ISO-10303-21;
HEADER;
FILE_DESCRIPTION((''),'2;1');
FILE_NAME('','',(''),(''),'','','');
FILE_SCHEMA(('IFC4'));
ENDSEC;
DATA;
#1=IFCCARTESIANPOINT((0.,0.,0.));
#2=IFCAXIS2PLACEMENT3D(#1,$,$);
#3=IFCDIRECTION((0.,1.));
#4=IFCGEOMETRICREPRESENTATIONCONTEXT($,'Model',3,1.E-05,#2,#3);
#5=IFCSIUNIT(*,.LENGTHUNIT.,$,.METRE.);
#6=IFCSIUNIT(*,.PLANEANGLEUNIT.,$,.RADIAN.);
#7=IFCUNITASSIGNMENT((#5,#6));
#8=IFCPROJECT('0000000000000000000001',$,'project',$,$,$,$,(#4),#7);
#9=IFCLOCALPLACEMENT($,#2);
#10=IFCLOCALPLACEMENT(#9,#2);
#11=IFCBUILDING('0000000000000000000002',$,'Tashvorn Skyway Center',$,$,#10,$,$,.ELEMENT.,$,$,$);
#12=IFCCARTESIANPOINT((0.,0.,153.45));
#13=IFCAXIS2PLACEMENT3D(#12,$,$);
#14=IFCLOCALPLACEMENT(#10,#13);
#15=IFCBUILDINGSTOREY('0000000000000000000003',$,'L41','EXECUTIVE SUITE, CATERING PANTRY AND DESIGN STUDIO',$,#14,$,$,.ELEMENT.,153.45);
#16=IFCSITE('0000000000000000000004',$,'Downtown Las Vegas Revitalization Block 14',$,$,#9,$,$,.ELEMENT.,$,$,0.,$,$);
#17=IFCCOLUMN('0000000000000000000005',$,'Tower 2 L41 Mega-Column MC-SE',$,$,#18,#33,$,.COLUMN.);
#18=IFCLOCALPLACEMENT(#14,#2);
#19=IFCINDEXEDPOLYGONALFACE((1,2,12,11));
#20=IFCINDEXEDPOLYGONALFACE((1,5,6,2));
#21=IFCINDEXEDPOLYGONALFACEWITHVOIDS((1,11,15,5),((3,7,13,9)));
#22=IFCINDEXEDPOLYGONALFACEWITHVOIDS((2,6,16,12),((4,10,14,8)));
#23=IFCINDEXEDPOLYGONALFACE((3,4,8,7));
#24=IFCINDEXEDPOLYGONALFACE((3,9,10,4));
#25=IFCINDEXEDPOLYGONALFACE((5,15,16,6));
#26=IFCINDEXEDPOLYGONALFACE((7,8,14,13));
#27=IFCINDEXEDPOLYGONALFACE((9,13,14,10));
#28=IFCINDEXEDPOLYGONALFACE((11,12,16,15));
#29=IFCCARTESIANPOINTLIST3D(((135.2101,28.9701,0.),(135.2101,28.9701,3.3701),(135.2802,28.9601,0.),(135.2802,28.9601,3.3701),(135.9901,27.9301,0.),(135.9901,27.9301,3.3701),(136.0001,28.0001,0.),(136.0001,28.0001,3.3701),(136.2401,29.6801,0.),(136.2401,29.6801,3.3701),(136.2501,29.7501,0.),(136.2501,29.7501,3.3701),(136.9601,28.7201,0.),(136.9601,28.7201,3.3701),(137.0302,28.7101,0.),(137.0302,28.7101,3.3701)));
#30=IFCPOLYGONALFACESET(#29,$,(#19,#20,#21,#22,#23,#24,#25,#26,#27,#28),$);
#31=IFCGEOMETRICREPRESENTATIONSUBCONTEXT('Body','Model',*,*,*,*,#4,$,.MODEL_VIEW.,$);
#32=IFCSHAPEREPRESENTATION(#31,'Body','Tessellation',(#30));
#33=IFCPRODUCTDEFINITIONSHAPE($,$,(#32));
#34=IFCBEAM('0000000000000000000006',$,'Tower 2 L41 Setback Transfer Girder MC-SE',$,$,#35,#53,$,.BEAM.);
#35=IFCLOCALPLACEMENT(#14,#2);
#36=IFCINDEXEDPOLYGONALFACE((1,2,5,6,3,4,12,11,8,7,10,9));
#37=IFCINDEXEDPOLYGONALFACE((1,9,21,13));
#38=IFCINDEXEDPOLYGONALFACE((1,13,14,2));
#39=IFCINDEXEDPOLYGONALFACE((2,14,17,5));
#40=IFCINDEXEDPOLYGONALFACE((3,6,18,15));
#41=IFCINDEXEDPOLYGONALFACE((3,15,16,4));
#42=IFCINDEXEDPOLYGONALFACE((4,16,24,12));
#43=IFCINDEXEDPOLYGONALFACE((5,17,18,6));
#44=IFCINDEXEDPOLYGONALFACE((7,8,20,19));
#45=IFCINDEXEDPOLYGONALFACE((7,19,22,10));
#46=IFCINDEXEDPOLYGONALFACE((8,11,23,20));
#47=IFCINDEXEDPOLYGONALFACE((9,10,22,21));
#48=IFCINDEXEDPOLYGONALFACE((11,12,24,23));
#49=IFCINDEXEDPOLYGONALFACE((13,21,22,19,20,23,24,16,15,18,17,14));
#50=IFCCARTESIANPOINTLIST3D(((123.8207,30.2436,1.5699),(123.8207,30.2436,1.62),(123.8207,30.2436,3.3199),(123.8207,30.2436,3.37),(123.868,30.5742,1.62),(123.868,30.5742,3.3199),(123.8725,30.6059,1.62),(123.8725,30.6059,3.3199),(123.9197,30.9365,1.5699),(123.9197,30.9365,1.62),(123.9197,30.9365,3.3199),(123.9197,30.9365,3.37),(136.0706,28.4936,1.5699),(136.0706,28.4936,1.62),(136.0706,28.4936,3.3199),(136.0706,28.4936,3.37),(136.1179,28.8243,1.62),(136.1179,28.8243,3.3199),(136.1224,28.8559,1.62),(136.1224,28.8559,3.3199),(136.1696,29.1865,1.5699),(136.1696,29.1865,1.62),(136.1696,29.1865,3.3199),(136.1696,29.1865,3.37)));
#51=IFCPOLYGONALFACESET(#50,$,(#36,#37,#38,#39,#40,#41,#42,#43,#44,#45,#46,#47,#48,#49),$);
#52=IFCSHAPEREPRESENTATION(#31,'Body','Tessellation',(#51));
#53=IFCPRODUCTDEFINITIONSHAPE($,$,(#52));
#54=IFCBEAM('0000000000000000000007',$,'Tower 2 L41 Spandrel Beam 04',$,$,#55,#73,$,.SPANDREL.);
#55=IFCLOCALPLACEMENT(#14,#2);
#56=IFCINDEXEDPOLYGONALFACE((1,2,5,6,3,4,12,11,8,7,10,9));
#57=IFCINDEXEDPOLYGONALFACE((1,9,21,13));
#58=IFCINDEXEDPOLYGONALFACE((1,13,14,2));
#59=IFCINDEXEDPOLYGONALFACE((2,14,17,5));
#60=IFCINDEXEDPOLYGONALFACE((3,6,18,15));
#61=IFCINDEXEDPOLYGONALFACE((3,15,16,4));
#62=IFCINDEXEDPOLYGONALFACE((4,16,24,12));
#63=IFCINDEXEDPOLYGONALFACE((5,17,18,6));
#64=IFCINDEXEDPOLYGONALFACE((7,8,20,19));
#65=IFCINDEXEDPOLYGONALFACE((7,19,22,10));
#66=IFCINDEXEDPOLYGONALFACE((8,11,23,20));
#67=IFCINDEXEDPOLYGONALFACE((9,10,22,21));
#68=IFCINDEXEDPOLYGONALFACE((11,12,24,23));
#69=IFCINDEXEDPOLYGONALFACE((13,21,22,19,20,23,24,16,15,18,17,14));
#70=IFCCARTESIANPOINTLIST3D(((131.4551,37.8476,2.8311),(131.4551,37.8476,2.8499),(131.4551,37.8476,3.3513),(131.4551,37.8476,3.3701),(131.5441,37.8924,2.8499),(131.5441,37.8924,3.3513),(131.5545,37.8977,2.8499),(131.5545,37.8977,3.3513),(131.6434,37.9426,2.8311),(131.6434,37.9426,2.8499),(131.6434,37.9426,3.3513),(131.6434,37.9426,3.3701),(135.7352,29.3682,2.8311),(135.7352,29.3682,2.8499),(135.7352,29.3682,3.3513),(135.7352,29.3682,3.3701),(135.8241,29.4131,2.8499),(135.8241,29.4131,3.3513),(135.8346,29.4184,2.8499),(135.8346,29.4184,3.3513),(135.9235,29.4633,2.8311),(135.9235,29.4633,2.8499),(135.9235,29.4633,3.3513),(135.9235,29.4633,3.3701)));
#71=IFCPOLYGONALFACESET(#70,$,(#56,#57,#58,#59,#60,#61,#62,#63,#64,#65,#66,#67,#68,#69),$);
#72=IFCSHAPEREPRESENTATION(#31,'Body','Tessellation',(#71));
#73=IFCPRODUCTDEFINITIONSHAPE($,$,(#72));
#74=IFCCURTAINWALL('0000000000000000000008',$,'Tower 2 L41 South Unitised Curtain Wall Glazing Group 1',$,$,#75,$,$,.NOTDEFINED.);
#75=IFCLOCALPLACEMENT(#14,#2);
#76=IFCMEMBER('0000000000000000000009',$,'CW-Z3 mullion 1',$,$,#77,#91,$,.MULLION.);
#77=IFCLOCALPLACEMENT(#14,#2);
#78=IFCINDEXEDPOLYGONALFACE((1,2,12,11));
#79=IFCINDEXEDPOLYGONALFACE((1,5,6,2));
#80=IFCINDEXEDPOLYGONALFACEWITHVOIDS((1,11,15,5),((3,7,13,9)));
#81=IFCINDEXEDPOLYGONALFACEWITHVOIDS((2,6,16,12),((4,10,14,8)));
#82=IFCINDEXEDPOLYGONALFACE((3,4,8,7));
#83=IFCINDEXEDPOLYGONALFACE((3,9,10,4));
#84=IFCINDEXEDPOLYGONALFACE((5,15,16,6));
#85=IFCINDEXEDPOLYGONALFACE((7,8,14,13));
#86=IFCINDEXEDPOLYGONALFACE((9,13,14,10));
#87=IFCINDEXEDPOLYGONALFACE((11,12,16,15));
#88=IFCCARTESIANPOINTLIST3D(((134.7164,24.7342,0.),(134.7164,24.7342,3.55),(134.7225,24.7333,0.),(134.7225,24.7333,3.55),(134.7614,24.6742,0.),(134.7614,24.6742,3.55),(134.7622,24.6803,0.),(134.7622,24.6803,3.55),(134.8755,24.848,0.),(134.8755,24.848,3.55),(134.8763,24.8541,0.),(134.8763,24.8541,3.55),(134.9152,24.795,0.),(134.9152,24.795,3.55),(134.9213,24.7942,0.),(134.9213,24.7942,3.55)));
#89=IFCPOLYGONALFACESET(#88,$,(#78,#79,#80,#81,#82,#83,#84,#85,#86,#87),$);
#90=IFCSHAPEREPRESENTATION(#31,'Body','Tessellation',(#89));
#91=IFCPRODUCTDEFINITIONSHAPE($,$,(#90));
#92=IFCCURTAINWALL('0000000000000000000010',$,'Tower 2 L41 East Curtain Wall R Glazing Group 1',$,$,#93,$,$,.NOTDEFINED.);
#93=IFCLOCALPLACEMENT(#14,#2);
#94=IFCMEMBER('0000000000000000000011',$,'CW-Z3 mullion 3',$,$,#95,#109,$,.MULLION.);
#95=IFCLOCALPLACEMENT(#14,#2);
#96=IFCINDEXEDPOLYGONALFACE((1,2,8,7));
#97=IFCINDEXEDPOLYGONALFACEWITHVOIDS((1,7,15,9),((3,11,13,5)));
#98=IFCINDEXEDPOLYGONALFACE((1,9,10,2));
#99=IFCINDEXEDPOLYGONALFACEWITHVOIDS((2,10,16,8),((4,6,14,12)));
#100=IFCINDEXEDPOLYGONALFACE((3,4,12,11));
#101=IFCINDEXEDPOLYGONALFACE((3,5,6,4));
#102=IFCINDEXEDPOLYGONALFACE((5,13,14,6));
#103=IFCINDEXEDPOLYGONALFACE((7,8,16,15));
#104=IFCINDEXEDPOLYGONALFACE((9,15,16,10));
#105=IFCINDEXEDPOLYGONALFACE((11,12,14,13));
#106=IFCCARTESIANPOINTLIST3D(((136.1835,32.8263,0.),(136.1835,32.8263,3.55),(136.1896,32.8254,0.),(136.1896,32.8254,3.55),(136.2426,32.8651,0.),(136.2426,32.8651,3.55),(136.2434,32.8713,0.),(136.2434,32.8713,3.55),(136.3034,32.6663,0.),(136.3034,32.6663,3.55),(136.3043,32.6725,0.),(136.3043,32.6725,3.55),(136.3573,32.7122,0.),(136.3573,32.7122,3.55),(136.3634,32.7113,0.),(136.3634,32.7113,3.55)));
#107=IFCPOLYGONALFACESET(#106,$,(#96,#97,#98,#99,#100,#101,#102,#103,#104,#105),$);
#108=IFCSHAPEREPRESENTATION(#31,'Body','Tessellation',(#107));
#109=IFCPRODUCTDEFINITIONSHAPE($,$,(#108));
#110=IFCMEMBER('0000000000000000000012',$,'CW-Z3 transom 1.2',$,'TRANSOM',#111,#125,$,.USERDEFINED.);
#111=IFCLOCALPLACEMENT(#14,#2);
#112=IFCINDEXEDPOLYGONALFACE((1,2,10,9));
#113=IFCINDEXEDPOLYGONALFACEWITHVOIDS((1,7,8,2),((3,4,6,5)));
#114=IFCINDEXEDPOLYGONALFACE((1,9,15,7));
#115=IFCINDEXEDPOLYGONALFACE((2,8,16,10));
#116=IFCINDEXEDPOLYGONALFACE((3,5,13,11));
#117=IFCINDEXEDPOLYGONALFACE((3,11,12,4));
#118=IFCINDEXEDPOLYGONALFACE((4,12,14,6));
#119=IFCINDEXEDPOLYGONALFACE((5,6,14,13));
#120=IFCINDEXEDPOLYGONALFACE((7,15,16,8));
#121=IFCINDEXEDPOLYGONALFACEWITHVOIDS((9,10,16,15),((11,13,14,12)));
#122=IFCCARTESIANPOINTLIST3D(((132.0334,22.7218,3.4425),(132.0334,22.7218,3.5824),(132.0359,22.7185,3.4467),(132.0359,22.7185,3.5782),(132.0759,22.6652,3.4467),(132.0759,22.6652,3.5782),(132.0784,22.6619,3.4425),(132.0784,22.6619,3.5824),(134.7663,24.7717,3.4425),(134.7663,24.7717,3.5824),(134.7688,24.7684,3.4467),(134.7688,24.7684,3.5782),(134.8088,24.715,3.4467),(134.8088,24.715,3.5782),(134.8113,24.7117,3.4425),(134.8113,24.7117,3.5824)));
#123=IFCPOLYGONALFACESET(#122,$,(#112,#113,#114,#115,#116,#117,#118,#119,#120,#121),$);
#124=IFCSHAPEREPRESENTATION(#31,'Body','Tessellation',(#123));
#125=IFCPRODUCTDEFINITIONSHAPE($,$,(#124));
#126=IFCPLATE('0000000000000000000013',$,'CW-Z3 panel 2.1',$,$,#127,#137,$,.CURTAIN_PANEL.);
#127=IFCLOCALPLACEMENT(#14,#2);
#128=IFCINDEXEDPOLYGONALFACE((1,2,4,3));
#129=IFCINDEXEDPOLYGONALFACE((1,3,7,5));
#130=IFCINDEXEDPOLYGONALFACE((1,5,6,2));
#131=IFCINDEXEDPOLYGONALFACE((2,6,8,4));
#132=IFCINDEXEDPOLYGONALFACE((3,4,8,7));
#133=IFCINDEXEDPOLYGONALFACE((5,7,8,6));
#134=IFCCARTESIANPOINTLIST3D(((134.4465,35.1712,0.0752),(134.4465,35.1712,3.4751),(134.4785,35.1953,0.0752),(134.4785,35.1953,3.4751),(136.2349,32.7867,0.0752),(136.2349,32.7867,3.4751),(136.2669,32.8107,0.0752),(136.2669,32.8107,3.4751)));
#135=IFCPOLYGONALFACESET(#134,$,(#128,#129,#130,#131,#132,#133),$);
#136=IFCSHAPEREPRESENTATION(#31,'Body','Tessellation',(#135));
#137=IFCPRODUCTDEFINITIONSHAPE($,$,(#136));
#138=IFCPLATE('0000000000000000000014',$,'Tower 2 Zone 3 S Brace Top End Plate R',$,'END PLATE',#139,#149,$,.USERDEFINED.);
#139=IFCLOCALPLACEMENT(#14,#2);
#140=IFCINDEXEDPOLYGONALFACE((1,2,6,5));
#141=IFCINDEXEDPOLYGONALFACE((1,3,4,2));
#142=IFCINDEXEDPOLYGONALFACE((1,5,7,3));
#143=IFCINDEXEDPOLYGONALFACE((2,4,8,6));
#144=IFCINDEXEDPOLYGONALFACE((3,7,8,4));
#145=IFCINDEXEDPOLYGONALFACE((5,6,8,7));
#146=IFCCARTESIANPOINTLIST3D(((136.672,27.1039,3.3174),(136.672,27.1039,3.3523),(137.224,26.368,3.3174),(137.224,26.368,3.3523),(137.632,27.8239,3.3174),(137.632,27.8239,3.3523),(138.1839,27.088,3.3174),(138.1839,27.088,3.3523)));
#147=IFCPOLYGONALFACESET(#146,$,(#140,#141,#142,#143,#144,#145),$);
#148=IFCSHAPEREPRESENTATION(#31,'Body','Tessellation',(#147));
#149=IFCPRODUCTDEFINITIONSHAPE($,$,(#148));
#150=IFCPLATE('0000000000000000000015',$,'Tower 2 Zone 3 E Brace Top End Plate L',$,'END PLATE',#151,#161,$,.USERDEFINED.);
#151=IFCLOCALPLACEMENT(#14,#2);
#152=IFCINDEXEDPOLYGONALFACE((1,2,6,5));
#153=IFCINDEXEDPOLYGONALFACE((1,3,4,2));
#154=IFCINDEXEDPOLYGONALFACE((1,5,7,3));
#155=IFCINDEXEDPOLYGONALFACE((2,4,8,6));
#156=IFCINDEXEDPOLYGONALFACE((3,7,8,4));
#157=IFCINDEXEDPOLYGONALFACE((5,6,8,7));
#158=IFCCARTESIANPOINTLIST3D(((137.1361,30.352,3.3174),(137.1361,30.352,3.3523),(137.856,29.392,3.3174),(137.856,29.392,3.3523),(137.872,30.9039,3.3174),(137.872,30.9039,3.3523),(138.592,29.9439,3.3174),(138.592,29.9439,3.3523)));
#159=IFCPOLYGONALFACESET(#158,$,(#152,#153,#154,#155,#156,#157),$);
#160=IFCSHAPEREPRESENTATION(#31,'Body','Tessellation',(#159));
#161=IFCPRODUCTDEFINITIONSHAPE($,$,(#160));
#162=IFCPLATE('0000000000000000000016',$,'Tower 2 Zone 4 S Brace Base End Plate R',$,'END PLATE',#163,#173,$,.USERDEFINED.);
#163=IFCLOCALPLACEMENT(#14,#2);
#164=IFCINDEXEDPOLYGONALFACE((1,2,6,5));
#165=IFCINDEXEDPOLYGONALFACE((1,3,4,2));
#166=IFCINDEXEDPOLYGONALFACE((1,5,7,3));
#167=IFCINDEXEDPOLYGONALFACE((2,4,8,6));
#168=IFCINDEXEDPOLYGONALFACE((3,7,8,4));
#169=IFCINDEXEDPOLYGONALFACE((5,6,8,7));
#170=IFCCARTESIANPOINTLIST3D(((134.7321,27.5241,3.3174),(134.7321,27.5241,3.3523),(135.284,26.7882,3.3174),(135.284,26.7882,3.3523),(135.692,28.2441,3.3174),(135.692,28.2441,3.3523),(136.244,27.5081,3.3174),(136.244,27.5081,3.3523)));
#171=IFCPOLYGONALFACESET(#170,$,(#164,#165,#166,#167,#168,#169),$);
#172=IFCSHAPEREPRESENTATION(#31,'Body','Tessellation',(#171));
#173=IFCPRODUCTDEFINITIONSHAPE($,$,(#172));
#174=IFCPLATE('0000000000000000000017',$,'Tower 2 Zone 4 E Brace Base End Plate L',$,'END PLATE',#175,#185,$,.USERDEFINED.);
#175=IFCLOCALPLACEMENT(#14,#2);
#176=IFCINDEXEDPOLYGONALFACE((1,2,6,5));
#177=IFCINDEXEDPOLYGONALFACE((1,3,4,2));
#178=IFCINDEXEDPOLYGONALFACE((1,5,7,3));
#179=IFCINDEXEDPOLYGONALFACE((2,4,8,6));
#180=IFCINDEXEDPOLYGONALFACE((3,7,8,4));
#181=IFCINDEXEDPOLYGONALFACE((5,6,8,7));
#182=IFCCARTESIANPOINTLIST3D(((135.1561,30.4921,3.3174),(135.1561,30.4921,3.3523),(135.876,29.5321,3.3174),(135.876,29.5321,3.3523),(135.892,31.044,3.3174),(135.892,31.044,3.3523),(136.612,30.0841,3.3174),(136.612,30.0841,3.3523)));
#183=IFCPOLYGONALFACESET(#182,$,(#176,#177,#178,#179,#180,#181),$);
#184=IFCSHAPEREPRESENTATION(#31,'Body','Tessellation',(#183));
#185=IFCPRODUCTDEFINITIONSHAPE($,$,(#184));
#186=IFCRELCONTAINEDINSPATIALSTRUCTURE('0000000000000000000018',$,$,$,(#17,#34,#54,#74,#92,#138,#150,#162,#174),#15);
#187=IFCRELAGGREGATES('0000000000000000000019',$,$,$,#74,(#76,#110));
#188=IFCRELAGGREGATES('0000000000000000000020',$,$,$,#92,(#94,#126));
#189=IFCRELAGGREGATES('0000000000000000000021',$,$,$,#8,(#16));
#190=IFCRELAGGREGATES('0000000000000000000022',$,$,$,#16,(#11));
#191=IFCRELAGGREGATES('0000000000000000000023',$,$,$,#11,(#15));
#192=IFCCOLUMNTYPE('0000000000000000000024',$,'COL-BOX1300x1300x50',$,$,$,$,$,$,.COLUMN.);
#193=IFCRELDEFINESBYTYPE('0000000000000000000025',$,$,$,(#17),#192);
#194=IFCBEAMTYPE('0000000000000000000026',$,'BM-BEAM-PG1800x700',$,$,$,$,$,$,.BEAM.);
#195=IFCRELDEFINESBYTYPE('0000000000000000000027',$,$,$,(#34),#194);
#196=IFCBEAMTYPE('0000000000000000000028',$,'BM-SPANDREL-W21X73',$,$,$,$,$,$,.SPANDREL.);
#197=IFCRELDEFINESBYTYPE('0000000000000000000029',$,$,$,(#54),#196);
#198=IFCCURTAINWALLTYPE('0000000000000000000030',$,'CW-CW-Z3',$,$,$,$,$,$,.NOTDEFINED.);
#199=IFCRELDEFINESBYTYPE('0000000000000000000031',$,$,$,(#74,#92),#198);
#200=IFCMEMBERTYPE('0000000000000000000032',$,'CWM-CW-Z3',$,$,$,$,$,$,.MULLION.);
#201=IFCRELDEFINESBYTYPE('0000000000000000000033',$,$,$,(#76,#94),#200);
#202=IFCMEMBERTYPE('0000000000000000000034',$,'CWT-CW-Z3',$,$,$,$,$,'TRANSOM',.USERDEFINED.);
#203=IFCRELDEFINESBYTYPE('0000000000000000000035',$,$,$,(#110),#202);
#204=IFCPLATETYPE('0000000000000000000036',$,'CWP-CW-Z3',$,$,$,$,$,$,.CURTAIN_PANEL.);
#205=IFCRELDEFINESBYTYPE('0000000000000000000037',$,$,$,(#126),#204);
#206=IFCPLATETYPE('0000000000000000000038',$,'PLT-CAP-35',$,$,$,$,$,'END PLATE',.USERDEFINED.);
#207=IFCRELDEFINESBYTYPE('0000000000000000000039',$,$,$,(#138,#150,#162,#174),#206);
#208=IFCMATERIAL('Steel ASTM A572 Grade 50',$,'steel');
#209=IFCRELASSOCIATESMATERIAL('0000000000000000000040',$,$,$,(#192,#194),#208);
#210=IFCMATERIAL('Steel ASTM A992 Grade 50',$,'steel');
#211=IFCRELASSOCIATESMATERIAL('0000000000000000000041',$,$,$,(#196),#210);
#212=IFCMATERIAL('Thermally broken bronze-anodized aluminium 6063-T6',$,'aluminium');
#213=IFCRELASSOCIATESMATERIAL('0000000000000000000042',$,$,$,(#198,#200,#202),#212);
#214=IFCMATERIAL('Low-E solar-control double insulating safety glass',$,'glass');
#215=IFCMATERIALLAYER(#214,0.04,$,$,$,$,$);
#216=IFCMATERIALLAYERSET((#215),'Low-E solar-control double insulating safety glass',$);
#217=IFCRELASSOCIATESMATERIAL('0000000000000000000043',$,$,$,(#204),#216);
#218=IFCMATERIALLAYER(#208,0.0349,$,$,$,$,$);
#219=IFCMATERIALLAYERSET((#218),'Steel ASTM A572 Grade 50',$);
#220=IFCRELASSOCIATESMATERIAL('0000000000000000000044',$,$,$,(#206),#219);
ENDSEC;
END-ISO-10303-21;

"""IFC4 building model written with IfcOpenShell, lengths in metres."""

from ifc_helpers import new_model, si_unit, direction, frame, origin, origin_2d, place, context, subcontext, project, spatial, rectangle, hollow_rectangle, i_section, extrude, material, layer, layer_set, material_profile, profile_set, type_object, element, aggregate, save


model = new_model("IFC4")

# Units and contexts
model_context = context("Model", 3, precision=1e-05, world=origin(), true_north=direction((0.0, 1.0)))
body_context = subcontext(model_context, "Body", "Model", "MODEL_VIEW")
ifc_project = project(units=[si_unit("LENGTHUNIT", "METRE"), si_unit("PLANEANGLEUNIT", "RADIAN")], contexts=[model_context])

# Site, building, storey
site_placement = place(None, origin())
site = spatial("IfcSite", under=ifc_project, at=site_placement, Name="Downtown Las Vegas Revitalization Block 14", CompositionType="ELEMENT", RefElevation=0.0)
building_placement = place(site_placement, origin())
building = spatial("IfcBuilding", under=site, at=building_placement, Name="Tashvorn Skyway Center", CompositionType="ELEMENT")
storey_placement = place(building_placement, frame((0.0, 0.0, 153.45)))
storey = spatial("IfcBuildingStorey", under=building, at=storey_placement, Name="L41", Description="EXECUTIVE SUITE, CATERING PANTRY AND DESIGN STUDIO", CompositionType="ELEMENT", Elevation=153.45)

# Column
ifc_material_1 = material(Name="Steel ASTM A572 Grade 50", Category="steel")
ifc_material_profile_1 = material_profile(ifc_material_1, hollow_rectangle(XDim=1.3, YDim=1.3, WallThickness=0.05, at=origin_2d()), Name="BOX1300x1300x50")
ifc_profile_set_1 = profile_set([ifc_material_profile_1], Name="Steel ASTM A572 Grade 50")
column_type = type_object("IfcColumnType", Name="COL-BOX1300x1300x50", PredefinedType="COLUMN", material=ifc_profile_set_1)
column_placement = place(storey_placement, frame((136.1201, 28.8401, 0.0), z_axis=(0.0, 0.0, 1.0), x_axis=(0.8, 0.6, 0.0)))
element("IfcColumn", 1, at=column_placement, inside=storey, type_object=column_type, Name="Tower 2 L41 Mega-Column MC-SE", PredefinedType="COLUMN", context=body_context, shape_type="SweptSolid", body=[
    extrude(hollow_rectangle(XDim=1.3, YDim=1.3, WallThickness=0.05, at=origin_2d()), origin(), (0.0, 0.0, 1.0), 3.3701),
])

# Beams
ifc_material_profile_2 = material_profile(ifc_material_1, i_section(OverallWidth=0.7, OverallDepth=1.8, WebThickness=0.032, FlangeThickness=0.05, at=origin_2d()), Name="PG1800x700")
ifc_profile_set_2 = profile_set([ifc_material_profile_2], Name="Steel ASTM A572 Grade 50")
beam_type_1 = type_object("IfcBeamType", Name="BM-BEAM-PG1800x700", PredefinedType="BEAM", material=ifc_profile_set_2)
beam_1_placement = place(storey_placement, frame((136.1201, 28.8401, 2.47), z_axis=(-0.989949, 0.141421, 0.0), x_axis=(-0.141421, -0.989949, 0.0)))
element("IfcBeam", 2, at=beam_1_placement, inside=storey, type_object=beam_type_1, Name="Tower 2 L41 Setback Transfer Girder MC-SE", PredefinedType="BEAM", context=body_context, shape_type="SweptSolid", body=[
    extrude(i_section(OverallWidth=0.7, OverallDepth=1.8, WebThickness=0.032, FlangeThickness=0.05, at=origin_2d()), origin(), (0.0, 0.0, 1.0), 12.3743),
])
ifc_material_2 = material(Name="Steel ASTM A992 Grade 50", Category="steel")
ifc_material_profile_3 = material_profile(ifc_material_2, i_section(OverallWidth=0.2109, OverallDepth=0.5391, WebThickness=0.0117, FlangeThickness=0.0188, at=origin_2d()), Name="W21X73")
ifc_profile_set_3 = profile_set([ifc_material_profile_3], Name="Steel ASTM A992 Grade 50")
beam_type_2 = type_object("IfcBeamType", Name="BM-SPANDREL-W21X73", PredefinedType="SPANDREL", material=ifc_profile_set_3)
beam_2_placement = place(storey_placement, frame((135.8293, 29.4158, 3.1006), z_axis=(-0.450614, 0.892719, 0.0), x_axis=(-0.892719, -0.450614, 0.0)))
element("IfcBeam", 3, at=beam_2_placement, inside=storey, type_object=beam_type_2, Name="Tower 2 L41 Spandrel Beam 04", PredefinedType="SPANDREL", context=body_context, shape_type="SweptSolid", body=[
    extrude(i_section(OverallWidth=0.2109, OverallDepth=0.5391, WebThickness=0.0117, FlangeThickness=0.0188, at=origin_2d()), origin(), (0.0, 0.0, 1.0), 9.4983),
])

# Curtain walls, members
ifc_material_3 = material(Name="Thermally broken bronze-anodized aluminium 6063-T6", Category="aluminium")
curtain_wall_type = type_object("IfcCurtainWallType", Name="CW-CW-Z3", PredefinedType="NOTDEFINED", material=ifc_material_3)
curtain_wall_1_placement = place(storey_placement, origin())
curtain_wall_1 = element("IfcCurtainWall", 4, at=curtain_wall_1_placement, inside=storey, type_object=curtain_wall_type, Name="Tower 2 L41 South Unitised Curtain Wall Glazing Group 1", PredefinedType="NOTDEFINED")
ifc_material_profile_4 = material_profile(ifc_material_3, hollow_rectangle(XDim=0.075, YDim=0.2, WallThickness=0.0044, at=origin_2d()), Name="ALU-MULL-75x200")
ifc_profile_set_4 = profile_set([ifc_material_profile_4], Name="Thermally broken bronze-anodized aluminium 6063-T6")
member_type_1 = type_object("IfcMemberType", Name="CWM-CW-Z3", PredefinedType="MULLION", material=ifc_profile_set_4)
member_1_placement = place(storey_placement, frame((134.8188, 24.7642, 0.0), z_axis=(0.0, 0.0, 1.0), x_axis=(0.600005, -0.799997, 0.0)))
member_1 = element("IfcMember", 5, at=member_1_placement, type_object=member_type_1, Name="CW-Z3 mullion 1", PredefinedType="MULLION", context=body_context, shape_type="SweptSolid", body=[
    extrude(hollow_rectangle(XDim=0.075, YDim=0.2, WallThickness=0.0044, at=origin_2d()), origin(), (0.0, 0.0, 1.0), 3.55),
])
curtain_wall_2_placement = place(storey_placement, origin())
curtain_wall_2 = element("IfcCurtainWall", 6, at=curtain_wall_2_placement, inside=storey, type_object=curtain_wall_type, Name="Tower 2 L41 East Curtain Wall R Glazing Group 1", PredefinedType="NOTDEFINED")
member_2_placement = place(storey_placement, frame((136.2734, 32.7688, 0.0), z_axis=(0.0, 0.0, 1.0), x_axis=(0.799998, 0.600003, 0.0)))
member_2 = element("IfcMember", 7, at=member_2_placement, type_object=member_type_1, Name="CW-Z3 mullion 3", PredefinedType="MULLION", context=body_context, shape_type="SweptSolid", body=[
    extrude(hollow_rectangle(XDim=0.075, YDim=0.2, WallThickness=0.0044, at=origin_2d()), origin(), (0.0, 0.0, 1.0), 3.55),
])

# Member
ifc_material_profile_5 = material_profile(ifc_material_3, hollow_rectangle(XDim=0.075, YDim=0.1399, WallThickness=0.0042, at=origin_2d()), Name="ALU-TRAN-75x140")
ifc_profile_set_5 = profile_set([ifc_material_profile_5], Name="Thermally broken bronze-anodized aluminium 6063-T6")
member_type_2 = type_object("IfcMemberType", Name="CWT-CW-Z3", ElementType="TRANSOM", PredefinedType="USERDEFINED", material=ifc_profile_set_5)
member_3_placement = place(storey_placement, frame((134.7888, 24.7417, 3.5125), z_axis=(-0.799983, -0.600023, 0.0), x_axis=(0.600023, -0.799983, 0.0)))
member_3 = element("IfcMember", 8, at=member_3_placement, type_object=member_type_2, Name="CW-Z3 transom 1.2", ObjectType="TRANSOM", PredefinedType="USERDEFINED", context=body_context, shape_type="SweptSolid", body=[
    extrude(hollow_rectangle(XDim=0.075, YDim=0.1399, WallThickness=0.0042, at=origin_2d()), origin(), (0.0, 0.0, 1.0), 3.4163),
])
aggregate(curtain_wall_1, [member_1, member_3])

# Plate
ifc_material_4 = material(Name="Low-E solar-control double insulating safety glass", Category="glass")
ifc_layer_1 = layer(ifc_material_4, 0.04)
ifc_layer_set_1 = layer_set([ifc_layer_1], Name="Low-E solar-control double insulating safety glass")
plate_type_1 = type_object("IfcPlateType", Name="CWP-CW-Z3", PredefinedType="CURTAIN_PANEL", material=ifc_layer_set_1)
plate_1_placement = place(storey_placement, frame((135.3567, 33.991, 0.0752), z_axis=(0.0, 0.0, 1.0), x_axis=(0.600003, -0.799998, 0.0)))
plate_1 = element("IfcPlate", 9, at=plate_1_placement, type_object=plate_type_1, Name="CW-Z3 panel 2.1", PredefinedType="CURTAIN_PANEL", context=body_context, shape_type="SweptSolid", body=[
    extrude(rectangle(XDim=2.9807, YDim=0.04, at=origin_2d()), origin(), (0.0, 0.0, 1.0), 3.3999),
])
aggregate(curtain_wall_2, [member_2, plate_1])

# Plates
ifc_layer_2 = layer(ifc_material_1, 0.0349)
ifc_layer_set_2 = layer_set([ifc_layer_2], Name="Steel ASTM A572 Grade 50")
plate_type_2 = type_object("IfcPlateType", Name="PLT-CAP-35", ElementType="END PLATE", PredefinedType="USERDEFINED", material=ifc_layer_set_2)
for number, where, z_axis, x_axis, name in (
    (10, (137.428, 27.0959, 3.3174), (0.0, 0.0, 1.0), (0.8, 0.6, 0.0), "Tower 2 Zone 3 S Brace Top End Plate R"),
    (11, (137.864, 30.1479, 3.3174), (0.0, 0.0, 1.0), (-0.6, 0.8, 0.0), "Tower 2 Zone 3 E Brace Top End Plate L"),
    (12, (135.488, 27.5161, 3.3174), (0.0, 0.0, 1.0), (0.8, 0.6, 0.0), "Tower 2 Zone 4 S Brace Base End Plate R"),
    (13, (135.884, 30.2881, 3.3174), (0.0, 0.0, 1.0), (-0.6, 0.8, 0.0), "Tower 2 Zone 4 E Brace Base End Plate L"),
):
    element("IfcPlate", number, at=place(storey_placement, frame(where, z_axis=z_axis, x_axis=x_axis)), inside=storey, type_object=plate_type_2, Name=name, ObjectType="END PLATE", PredefinedType="USERDEFINED", context=body_context, shape_type="SweptSolid", body=[
        extrude(rectangle(XDim=1.2, YDim=0.9199, at=origin_2d()), origin(), (0.0, 0.0, 1.0), 0.0349),
    ])

save(model, "model.ifc")
